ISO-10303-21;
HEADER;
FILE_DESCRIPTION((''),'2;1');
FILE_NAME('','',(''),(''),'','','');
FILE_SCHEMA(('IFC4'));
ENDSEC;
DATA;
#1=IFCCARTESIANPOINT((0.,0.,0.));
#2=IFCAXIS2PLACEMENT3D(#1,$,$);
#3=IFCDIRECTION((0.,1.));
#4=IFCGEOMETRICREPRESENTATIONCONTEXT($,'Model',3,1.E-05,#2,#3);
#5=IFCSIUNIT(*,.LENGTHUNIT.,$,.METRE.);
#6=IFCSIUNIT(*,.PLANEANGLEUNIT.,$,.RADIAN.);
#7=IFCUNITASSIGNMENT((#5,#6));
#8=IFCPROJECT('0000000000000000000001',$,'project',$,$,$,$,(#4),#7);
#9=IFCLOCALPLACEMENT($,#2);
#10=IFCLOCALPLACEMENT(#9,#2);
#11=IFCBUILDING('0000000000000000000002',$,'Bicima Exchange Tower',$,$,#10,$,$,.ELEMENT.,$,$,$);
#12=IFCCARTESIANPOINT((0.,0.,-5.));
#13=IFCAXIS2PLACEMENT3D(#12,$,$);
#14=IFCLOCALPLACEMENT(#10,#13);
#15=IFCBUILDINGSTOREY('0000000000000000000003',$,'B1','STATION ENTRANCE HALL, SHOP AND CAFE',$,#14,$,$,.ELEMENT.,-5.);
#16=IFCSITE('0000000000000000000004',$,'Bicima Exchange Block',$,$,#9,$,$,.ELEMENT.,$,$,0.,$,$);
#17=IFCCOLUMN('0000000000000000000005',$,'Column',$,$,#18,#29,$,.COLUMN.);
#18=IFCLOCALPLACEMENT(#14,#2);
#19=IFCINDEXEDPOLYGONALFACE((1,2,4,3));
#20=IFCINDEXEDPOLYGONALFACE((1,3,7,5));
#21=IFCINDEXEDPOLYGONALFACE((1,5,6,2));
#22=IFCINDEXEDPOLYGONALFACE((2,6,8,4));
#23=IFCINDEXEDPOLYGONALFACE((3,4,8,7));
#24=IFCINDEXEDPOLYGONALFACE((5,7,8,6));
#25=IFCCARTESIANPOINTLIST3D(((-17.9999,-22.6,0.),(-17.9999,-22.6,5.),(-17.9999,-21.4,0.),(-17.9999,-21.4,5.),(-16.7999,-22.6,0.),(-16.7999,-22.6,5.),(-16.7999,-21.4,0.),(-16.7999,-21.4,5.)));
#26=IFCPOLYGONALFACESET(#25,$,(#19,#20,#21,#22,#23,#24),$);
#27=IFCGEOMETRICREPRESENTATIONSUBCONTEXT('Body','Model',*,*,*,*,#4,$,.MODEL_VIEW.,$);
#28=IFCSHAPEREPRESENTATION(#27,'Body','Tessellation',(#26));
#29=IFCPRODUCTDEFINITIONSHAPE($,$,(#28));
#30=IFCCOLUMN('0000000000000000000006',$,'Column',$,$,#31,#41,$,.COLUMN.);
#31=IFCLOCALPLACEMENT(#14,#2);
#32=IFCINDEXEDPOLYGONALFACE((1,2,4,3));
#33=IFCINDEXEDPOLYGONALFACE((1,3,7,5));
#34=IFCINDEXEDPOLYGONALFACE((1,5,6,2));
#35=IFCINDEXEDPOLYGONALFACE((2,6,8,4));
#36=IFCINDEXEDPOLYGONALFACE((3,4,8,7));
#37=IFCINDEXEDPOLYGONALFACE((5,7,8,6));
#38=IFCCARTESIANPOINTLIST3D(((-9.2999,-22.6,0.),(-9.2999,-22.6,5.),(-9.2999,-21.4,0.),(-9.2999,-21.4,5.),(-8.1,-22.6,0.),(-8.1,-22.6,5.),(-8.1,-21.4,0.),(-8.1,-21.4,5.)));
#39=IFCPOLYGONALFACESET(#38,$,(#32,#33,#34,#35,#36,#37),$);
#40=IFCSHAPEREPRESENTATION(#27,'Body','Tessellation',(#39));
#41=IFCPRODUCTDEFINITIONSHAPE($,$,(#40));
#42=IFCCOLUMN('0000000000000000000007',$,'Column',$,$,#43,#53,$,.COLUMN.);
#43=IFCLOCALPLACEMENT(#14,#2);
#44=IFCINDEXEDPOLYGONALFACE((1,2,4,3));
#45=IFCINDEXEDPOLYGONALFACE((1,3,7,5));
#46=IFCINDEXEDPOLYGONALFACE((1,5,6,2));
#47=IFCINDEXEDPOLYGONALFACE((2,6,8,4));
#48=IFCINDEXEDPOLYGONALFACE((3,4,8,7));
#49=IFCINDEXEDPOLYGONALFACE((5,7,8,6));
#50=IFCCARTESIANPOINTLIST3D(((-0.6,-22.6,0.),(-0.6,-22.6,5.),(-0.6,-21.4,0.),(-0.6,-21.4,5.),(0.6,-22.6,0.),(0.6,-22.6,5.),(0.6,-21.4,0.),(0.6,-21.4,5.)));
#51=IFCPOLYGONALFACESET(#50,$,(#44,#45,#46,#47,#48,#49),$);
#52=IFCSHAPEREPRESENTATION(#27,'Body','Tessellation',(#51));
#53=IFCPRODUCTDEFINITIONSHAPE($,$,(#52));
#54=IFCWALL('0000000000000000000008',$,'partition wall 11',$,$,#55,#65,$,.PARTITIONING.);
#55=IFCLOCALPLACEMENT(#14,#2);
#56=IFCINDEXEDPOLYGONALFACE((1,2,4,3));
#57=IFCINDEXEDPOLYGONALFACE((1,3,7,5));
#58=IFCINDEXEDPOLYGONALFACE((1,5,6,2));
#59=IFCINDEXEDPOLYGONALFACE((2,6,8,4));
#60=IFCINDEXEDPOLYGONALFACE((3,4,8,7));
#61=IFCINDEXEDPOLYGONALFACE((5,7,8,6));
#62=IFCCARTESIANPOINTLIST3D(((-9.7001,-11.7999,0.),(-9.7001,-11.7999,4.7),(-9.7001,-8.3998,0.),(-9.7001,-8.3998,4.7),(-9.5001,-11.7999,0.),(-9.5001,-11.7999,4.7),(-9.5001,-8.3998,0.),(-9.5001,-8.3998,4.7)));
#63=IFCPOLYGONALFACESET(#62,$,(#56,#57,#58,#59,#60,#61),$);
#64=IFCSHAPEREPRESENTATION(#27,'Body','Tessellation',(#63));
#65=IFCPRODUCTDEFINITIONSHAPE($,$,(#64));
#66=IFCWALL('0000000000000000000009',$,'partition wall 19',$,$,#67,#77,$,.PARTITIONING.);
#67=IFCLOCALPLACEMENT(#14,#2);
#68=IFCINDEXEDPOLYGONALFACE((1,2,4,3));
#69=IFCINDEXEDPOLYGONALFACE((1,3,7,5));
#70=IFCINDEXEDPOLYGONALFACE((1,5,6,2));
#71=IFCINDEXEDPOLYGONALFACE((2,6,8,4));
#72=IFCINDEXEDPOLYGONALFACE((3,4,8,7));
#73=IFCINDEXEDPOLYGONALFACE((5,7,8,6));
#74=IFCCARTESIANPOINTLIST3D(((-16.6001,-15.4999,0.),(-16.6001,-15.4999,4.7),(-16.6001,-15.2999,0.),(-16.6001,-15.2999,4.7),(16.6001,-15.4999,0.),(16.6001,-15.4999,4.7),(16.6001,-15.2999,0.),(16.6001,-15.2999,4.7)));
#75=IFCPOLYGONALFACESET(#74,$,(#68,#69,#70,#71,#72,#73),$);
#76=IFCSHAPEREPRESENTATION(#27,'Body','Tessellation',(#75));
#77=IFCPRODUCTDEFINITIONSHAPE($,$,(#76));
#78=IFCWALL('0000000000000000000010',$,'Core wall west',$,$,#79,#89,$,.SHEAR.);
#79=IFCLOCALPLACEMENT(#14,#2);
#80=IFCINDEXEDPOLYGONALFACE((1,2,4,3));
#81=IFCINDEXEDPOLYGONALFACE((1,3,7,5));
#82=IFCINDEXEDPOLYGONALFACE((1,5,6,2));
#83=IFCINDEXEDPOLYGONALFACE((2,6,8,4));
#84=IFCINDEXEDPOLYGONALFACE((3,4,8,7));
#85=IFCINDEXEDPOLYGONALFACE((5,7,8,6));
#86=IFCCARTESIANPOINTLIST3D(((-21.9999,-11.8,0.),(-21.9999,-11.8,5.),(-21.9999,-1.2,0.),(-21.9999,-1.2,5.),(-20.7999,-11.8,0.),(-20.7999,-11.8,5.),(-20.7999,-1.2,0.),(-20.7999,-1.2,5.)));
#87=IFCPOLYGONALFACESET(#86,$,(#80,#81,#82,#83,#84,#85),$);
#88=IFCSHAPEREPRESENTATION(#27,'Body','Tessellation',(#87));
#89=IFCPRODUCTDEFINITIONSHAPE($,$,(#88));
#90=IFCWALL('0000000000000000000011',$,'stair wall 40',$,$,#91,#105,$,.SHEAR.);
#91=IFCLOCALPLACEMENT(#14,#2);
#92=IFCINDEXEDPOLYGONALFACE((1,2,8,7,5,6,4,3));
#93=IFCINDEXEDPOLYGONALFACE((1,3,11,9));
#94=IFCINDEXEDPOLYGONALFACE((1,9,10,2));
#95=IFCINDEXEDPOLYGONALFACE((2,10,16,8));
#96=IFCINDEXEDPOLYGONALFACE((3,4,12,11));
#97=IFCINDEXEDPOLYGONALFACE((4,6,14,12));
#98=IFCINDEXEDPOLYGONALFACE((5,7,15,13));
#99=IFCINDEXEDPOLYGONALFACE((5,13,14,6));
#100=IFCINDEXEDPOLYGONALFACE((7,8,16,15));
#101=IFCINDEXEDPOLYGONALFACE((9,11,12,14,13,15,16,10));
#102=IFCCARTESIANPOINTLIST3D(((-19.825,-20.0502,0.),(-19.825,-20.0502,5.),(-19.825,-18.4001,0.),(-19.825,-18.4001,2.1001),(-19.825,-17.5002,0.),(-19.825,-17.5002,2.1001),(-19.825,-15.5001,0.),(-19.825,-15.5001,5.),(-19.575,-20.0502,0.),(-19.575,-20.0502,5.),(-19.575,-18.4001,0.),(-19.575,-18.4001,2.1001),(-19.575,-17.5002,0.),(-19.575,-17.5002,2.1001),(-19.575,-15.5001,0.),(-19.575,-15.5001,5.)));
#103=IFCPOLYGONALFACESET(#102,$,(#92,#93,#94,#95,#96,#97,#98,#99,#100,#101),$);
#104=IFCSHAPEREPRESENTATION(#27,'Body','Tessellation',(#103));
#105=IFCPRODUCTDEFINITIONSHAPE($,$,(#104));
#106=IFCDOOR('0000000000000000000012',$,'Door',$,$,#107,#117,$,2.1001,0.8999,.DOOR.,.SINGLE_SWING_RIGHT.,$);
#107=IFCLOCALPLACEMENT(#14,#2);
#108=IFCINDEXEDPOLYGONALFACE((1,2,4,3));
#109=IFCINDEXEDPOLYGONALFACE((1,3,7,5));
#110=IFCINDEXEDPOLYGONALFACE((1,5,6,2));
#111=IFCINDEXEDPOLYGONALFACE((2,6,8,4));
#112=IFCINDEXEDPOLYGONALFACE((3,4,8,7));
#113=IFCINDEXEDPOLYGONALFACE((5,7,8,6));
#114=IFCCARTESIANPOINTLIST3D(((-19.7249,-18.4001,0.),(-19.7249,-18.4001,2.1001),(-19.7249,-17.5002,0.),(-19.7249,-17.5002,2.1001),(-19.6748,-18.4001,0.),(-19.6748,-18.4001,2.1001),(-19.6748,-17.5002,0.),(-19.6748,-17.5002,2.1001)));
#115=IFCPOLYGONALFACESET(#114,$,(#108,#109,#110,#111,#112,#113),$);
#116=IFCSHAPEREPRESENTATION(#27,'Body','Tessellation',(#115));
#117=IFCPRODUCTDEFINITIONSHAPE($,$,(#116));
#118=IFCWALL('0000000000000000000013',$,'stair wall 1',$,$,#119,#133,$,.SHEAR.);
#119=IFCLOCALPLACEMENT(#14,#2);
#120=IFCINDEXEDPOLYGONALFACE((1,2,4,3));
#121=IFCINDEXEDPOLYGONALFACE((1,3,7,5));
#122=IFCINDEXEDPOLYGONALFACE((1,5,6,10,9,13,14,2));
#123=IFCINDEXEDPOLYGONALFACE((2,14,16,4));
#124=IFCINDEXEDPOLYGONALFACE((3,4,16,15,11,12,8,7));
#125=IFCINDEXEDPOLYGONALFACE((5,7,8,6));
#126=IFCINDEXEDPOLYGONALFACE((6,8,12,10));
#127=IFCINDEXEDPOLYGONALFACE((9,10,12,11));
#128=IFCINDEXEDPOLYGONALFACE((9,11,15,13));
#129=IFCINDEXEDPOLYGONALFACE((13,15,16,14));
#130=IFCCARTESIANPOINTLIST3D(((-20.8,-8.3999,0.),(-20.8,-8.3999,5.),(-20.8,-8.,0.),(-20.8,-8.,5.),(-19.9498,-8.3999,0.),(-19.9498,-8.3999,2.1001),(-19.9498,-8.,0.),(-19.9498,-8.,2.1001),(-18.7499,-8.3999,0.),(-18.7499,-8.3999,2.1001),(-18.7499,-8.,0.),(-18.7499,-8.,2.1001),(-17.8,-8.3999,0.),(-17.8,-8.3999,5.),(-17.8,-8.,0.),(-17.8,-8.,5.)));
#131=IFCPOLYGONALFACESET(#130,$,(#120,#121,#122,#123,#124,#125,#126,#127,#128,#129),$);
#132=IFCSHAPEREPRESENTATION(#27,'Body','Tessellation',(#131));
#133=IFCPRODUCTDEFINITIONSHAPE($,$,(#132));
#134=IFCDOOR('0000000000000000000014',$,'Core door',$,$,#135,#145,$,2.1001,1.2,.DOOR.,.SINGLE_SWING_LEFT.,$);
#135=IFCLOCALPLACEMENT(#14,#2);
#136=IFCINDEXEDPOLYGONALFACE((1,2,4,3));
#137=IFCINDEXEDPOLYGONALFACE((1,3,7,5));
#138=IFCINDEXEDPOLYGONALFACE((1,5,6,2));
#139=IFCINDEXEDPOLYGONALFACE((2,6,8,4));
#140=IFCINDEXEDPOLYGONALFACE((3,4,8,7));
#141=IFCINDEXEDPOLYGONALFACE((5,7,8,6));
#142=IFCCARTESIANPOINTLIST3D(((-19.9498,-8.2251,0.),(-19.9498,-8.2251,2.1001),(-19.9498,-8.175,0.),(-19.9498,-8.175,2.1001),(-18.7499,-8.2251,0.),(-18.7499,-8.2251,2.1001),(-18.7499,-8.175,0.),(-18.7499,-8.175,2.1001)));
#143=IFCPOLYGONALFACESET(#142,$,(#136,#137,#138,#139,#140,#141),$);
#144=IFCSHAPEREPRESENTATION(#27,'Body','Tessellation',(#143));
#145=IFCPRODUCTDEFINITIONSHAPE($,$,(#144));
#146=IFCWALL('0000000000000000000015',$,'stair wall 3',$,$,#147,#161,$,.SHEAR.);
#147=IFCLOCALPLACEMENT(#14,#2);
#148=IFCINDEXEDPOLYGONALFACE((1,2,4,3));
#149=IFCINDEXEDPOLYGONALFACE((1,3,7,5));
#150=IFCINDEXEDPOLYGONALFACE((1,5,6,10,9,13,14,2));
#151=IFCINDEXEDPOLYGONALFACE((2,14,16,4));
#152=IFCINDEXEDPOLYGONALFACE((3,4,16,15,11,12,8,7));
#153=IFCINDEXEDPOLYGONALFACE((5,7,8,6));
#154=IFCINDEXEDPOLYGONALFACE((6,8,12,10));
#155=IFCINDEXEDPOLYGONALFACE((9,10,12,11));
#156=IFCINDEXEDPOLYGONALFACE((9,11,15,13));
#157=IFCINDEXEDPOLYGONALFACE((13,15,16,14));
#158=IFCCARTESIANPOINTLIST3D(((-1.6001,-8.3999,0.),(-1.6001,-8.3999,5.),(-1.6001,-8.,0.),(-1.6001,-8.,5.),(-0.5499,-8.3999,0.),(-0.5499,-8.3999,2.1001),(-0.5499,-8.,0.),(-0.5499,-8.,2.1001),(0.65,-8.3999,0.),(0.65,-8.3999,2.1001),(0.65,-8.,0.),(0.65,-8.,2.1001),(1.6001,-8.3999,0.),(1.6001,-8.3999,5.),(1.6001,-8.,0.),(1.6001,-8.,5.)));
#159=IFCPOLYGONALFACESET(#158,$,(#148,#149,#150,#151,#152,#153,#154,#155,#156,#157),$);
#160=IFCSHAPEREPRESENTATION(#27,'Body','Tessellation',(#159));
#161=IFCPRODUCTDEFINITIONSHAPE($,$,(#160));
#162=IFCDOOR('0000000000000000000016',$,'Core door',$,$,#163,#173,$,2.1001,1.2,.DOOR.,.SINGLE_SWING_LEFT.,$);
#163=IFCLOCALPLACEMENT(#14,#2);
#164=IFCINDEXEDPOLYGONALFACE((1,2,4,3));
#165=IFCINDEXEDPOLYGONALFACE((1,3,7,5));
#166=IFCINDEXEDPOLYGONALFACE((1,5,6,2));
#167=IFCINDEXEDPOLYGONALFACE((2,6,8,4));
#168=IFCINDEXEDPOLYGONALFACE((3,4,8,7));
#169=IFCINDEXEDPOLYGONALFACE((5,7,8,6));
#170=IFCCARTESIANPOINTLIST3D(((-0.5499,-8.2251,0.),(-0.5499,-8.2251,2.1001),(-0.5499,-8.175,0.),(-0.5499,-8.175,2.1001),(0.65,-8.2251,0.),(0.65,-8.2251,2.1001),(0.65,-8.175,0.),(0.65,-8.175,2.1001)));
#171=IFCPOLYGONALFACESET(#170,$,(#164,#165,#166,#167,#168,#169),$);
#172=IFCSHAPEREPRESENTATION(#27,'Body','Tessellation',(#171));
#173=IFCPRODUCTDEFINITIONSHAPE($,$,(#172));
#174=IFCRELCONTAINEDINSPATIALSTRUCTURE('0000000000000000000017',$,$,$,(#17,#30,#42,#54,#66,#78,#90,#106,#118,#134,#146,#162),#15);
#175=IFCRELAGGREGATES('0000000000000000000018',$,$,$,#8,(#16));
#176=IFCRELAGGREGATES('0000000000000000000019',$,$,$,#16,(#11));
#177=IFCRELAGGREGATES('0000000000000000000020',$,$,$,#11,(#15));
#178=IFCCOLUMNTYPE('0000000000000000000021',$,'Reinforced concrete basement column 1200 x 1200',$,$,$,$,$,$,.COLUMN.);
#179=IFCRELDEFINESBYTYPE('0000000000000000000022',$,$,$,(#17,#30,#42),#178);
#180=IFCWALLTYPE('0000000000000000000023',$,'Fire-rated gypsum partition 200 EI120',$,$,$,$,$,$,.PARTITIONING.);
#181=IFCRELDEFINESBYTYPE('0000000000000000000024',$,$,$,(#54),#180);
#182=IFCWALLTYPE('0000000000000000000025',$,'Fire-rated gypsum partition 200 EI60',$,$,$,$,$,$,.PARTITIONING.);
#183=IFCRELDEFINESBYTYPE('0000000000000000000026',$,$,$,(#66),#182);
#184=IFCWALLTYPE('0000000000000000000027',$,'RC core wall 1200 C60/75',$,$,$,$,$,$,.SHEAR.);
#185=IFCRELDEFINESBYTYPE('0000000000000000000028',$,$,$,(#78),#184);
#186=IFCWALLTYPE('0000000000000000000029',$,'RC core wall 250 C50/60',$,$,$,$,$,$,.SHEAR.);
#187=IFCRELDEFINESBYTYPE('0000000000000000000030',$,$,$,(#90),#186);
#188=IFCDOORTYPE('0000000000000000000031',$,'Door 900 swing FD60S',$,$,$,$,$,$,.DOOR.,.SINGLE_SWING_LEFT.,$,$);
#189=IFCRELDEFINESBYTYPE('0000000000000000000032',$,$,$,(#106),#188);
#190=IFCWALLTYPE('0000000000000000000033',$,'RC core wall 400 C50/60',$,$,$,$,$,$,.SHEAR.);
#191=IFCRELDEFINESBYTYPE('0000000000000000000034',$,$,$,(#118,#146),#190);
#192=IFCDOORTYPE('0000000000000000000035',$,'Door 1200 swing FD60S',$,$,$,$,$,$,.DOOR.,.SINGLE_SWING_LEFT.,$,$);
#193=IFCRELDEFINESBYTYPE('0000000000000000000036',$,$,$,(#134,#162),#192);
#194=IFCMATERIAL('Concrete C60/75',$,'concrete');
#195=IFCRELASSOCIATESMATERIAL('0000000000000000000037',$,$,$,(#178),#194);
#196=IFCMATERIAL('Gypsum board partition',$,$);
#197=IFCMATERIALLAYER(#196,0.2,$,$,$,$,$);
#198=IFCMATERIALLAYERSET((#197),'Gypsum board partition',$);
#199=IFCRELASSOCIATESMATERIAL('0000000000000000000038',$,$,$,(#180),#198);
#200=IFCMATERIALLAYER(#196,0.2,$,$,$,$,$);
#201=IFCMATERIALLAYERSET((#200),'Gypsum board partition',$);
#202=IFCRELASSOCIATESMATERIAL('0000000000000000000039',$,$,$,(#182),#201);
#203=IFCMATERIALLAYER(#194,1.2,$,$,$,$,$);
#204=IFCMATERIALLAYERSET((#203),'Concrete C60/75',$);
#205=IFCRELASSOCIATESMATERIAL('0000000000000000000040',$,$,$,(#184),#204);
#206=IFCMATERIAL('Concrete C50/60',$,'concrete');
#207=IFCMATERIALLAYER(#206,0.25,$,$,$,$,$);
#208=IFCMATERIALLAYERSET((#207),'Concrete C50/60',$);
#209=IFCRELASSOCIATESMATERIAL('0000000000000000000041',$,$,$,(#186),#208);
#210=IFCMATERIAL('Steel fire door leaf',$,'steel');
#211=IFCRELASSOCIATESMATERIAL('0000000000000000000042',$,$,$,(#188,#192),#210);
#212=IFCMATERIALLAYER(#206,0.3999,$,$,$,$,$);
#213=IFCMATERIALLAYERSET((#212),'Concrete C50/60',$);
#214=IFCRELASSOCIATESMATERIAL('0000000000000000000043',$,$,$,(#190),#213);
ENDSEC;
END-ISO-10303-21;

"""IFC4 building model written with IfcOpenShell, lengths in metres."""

from ifc_helpers import new_model, si_unit, direction, frame, frame_2d, origin, origin_2d, place, context, subcontext, project, spatial, rectangle, extrude, material, layer, layer_set, material_profile, profile_set, type_object, element, fill, save


model = new_model("IFC4")

# Units and contexts
model_context = context("Model", 3, precision=1e-05, world=origin(), true_north=direction((0.0, 1.0)))
body_context = subcontext(model_context, "Body", "Model", "MODEL_VIEW")
ifc_project = project(units=[si_unit("LENGTHUNIT", "METRE"), si_unit("PLANEANGLEUNIT", "RADIAN")], contexts=[model_context])

# Site, building, storey
site_placement = place(None, origin())
site = spatial("IfcSite", under=ifc_project, at=site_placement, Name="Bicima Exchange Block", CompositionType="ELEMENT", RefElevation=0.0)
building_placement = place(site_placement, origin())
building = spatial("IfcBuilding", under=site, at=building_placement, Name="Bicima Exchange Tower", CompositionType="ELEMENT")
storey_placement = place(building_placement, frame((0.0, 0.0, -5.0)))
storey = spatial("IfcBuildingStorey", under=building, at=storey_placement, Name="B1", Description="STATION ENTRANCE HALL, SHOP AND CAFE", CompositionType="ELEMENT", Elevation=-5.0)

# Columns
ifc_material_1 = material(Name="Concrete C60/75", Category="concrete")
ifc_material_profile = material_profile(ifc_material_1, rectangle(XDim=1.2, YDim=1.2, at=origin_2d()))
ifc_profile_set = profile_set([ifc_material_profile], Name="Concrete C60/75")
column_type = type_object("IfcColumnType", Name="Reinforced concrete basement column 1200 x 1200", PredefinedType="COLUMN", material=ifc_profile_set)
for number, where, z_axis, x_axis, name in (
    (1, (-17.3999, -22.0, 0.0), (0.0, 0.0, 1.0), (1.0, 0.0, 0.0), "Column"),
    (2, (-8.7, -22.0, 0.0), (0.0, 0.0, 1.0), (1.0, 0.0, 0.0), "Column"),
    (3, (0.0, -22.0, 0.0), (0.0, 0.0, 1.0), (1.0, 0.0, 0.0), "Column"),
):
    element("IfcColumn", number, at=place(storey_placement, frame(where, z_axis=z_axis, x_axis=x_axis)), inside=storey, type_object=column_type, Name=name, PredefinedType="COLUMN", context=body_context, shape_type="SweptSolid", body=[
        extrude(rectangle(XDim=1.2, YDim=1.2, at=origin_2d()), origin(), (0.0, 0.0, 1.0), 5.0),
    ])

# Walls
ifc_material_2 = material(Name="Gypsum board partition")
ifc_layer_1 = layer(ifc_material_2, 0.2)
ifc_layer_set_1 = layer_set([ifc_layer_1], Name="Gypsum board partition")
wall_type_1 = type_object("IfcWallType", Name="Fire-rated gypsum partition 200 EI120", PredefinedType="PARTITIONING", material=ifc_layer_set_1)
wall_1_placement = place(storey_placement, frame((-9.6001, -11.8, 0.0), z_axis=(0.0, 0.0, 1.0), x_axis=(0.0, 1.0, 0.0)))
element("IfcWall", 4, at=wall_1_placement, inside=storey, type_object=wall_type_1, Name="partition wall 11", PredefinedType="PARTITIONING", context=body_context, shape_type="SweptSolid", body=[
    extrude(rectangle(XDim=3.4001, YDim=0.2, at=frame_2d((1.7002, 0.0))), origin(), (0.0, 0.0, 1.0), 4.7),
])
ifc_layer_2 = layer(ifc_material_2, 0.2)
ifc_layer_set_2 = layer_set([ifc_layer_2], Name="Gypsum board partition")
wall_type_2 = type_object("IfcWallType", Name="Fire-rated gypsum partition 200 EI60", PredefinedType="PARTITIONING", material=ifc_layer_set_2)
wall_2_placement = place(storey_placement, frame((-16.6001, -15.3999, 0.0), z_axis=(0.0, 0.0, 1.0), x_axis=(1.0, 0.0, 0.0)))
element("IfcWall", 5, at=wall_2_placement, inside=storey, type_object=wall_type_2, Name="partition wall 19", PredefinedType="PARTITIONING", context=body_context, shape_type="SweptSolid", body=[
    extrude(rectangle(XDim=33.2002, YDim=0.2, at=frame_2d((16.6001, 0.0))), origin(), (0.0, 0.0, 1.0), 4.7),
])
ifc_layer_3 = layer(ifc_material_1, 1.2)
ifc_layer_set_3 = layer_set([ifc_layer_3], Name="Concrete C60/75")
wall_type_3 = type_object("IfcWallType", Name="RC core wall 1200 C60/75", PredefinedType="SHEAR", material=ifc_layer_set_3)
wall_3_placement = place(storey_placement, frame((-21.3999, -11.8, 0.0), z_axis=(0.0, 0.0, 1.0), x_axis=(0.0, 1.0, 0.0)))
element("IfcWall", 6, at=wall_3_placement, inside=storey, type_object=wall_type_3, Name="Core wall west", PredefinedType="SHEAR", context=body_context, shape_type="SweptSolid", body=[
    extrude(rectangle(XDim=10.6001, YDim=1.2, at=frame_2d((5.3, 0.0))), origin(), (0.0, 0.0, 1.0), 5.0),
])

# Walls, openings, doors
ifc_material_3 = material(Name="Concrete C50/60", Category="concrete")
ifc_layer_4 = layer(ifc_material_3, 0.25)
ifc_layer_set_4 = layer_set([ifc_layer_4], Name="Concrete C50/60")
wall_type_4 = type_object("IfcWallType", Name="RC core wall 250 C50/60", PredefinedType="SHEAR", material=ifc_layer_set_4)
wall_4_placement = place(storey_placement, frame((-19.7, -20.05, 0.0), z_axis=(0.0, 0.0, 1.0), x_axis=(0.0, 1.0, 0.0)))
wall_4 = element("IfcWall", 7, at=wall_4_placement, inside=storey, type_object=wall_type_4, Name="stair wall 40", PredefinedType="SHEAR", context=body_context, shape_type="SweptSolid", body=[
    extrude(rectangle(XDim=4.55, YDim=0.25, at=frame_2d((2.2749, 0.0))), origin(), (0.0, 0.0, 1.0), 5.0),
])
opening_1_placement = place(wall_4_placement, frame((1.6499, 0.0, 0.0)))
opening_1 = element("IfcOpeningElement", 8, at=opening_1_placement, cuts=wall_4, PredefinedType="OPENING", context=body_context, shape_type="SweptSolid", body=[
    extrude(rectangle(XDim=0.8999, YDim=2.1001, at=frame_2d((0.45, 1.05))), frame((0.0, 0.137, 0.0), z_axis=(0.0, -1.0, 0.0), x_axis=(1.0, 0.0, 0.0)), (0.0, 0.0, 1.0), 0.2739),
])
ifc_material_4 = material(Name="Steel fire door leaf", Category="steel")
door_type_1 = type_object("IfcDoorType", Name="Door 900 swing FD60S", OperationType="SINGLE_SWING_LEFT", PredefinedType="DOOR", material=ifc_material_4)
door_1_placement = place(opening_1_placement, origin())
door_1 = element("IfcDoor", 9, at=door_1_placement, inside=storey, type_object=door_type_1, Name="Door", OperationType="SINGLE_SWING_RIGHT", OverallHeight=2.1001, OverallWidth=0.8999, PredefinedType="DOOR", context=body_context, shape_type="SweptSolid", body=[
    extrude(rectangle(XDim=0.8999, YDim=2.1001, at=frame_2d((0.45, 1.05))), frame((0.0, 0.0249, 0.0), z_axis=(0.0, -1.0, 0.0), x_axis=(1.0, 0.0, 0.0)), (0.0, 0.0, 1.0), 0.05),
])
fill(opening_1, door_1)
ifc_layer_5 = layer(ifc_material_3, 0.3999)
ifc_layer_set_5 = layer_set([ifc_layer_5], Name="Concrete C50/60")
wall_type_5 = type_object("IfcWallType", Name="RC core wall 400 C50/60", PredefinedType="SHEAR", material=ifc_layer_set_5)
wall_5_placement = place(storey_placement, frame((-20.8, -8.2, 0.0), z_axis=(0.0, 0.0, 1.0), x_axis=(1.0, 0.0, 0.0)))
wall_5 = element("IfcWall", 10, at=wall_5_placement, inside=storey, type_object=wall_type_5, Name="stair wall 1", PredefinedType="SHEAR", context=body_context, shape_type="SweptSolid", body=[
    extrude(rectangle(XDim=3.0, YDim=0.3999, at=frame_2d((1.5, 0.0))), origin(), (0.0, 0.0, 1.0), 5.0),
])
opening_2_placement = place(wall_5_placement, frame((0.8501, 0.0, 0.0)))
opening_2 = element("IfcOpeningElement", 11, at=opening_2_placement, cuts=wall_5, PredefinedType="OPENING", context=body_context, shape_type="SweptSolid", body=[
    extrude(rectangle(XDim=1.2, YDim=2.1001, at=frame_2d((0.6001, 1.05))), frame((0.0, 0.2119, 0.0), z_axis=(0.0, -1.0, 0.0), x_axis=(1.0, 0.0, 0.0)), (0.0, 0.0, 1.0), 0.4238),
])
door_type_2 = type_object("IfcDoorType", Name="Door 1200 swing FD60S", OperationType="SINGLE_SWING_LEFT", PredefinedType="DOOR", material=ifc_material_4)
door_2_placement = place(opening_2_placement, origin())
door_2 = element("IfcDoor", 12, at=door_2_placement, inside=storey, type_object=door_type_2, Name="Core door", OperationType="SINGLE_SWING_LEFT", OverallHeight=2.1001, OverallWidth=1.2, PredefinedType="DOOR", context=body_context, shape_type="SweptSolid", body=[
    extrude(rectangle(XDim=1.2, YDim=2.1001, at=frame_2d((0.6001, 1.05))), frame((0.0, 0.0249, 0.0), z_axis=(0.0, -1.0, 0.0), x_axis=(1.0, 0.0, 0.0)), (0.0, 0.0, 1.0), 0.05),
])
fill(opening_2, door_2)
wall_6_placement = place(storey_placement, frame((-1.6001, -8.2, 0.0), z_axis=(0.0, 0.0, 1.0), x_axis=(1.0, 0.0, 0.0)))
wall_6 = element("IfcWall", 13, at=wall_6_placement, inside=storey, type_object=wall_type_5, Name="stair wall 3", PredefinedType="SHEAR", context=body_context, shape_type="SweptSolid", body=[
    extrude(rectangle(XDim=3.2002, YDim=0.3999, at=frame_2d((1.6001, 0.0))), origin(), (0.0, 0.0, 1.0), 5.0),
])
opening_3_placement = place(wall_6_placement, frame((1.05, 0.0, 0.0)))
opening_3 = element("IfcOpeningElement", 14, at=opening_3_placement, cuts=wall_6, PredefinedType="OPENING", context=body_context, shape_type="SweptSolid", body=[
    extrude(rectangle(XDim=1.2, YDim=2.1001, at=frame_2d((0.6001, 1.05))), frame((0.0, 0.2119, 0.0), z_axis=(0.0, -1.0, 0.0), x_axis=(1.0, 0.0, 0.0)), (0.0, 0.0, 1.0), 0.4238),
])
door_3_placement = place(opening_3_placement, origin())
door_3 = element("IfcDoor", 15, at=door_3_placement, inside=storey, type_object=door_type_2, Name="Core door", OperationType="SINGLE_SWING_LEFT", OverallHeight=2.1001, OverallWidth=1.2, PredefinedType="DOOR", context=body_context, shape_type="SweptSolid", body=[
    extrude(rectangle(XDim=1.2, YDim=2.1001, at=frame_2d((0.6001, 1.05))), frame((0.0, 0.0249, 0.0), z_axis=(0.0, -1.0, 0.0), x_axis=(1.0, 0.0, 0.0)), (0.0, 0.0, 1.0), 0.05),
])
fill(opening_3, door_3)

save(model, "model.ifc")
